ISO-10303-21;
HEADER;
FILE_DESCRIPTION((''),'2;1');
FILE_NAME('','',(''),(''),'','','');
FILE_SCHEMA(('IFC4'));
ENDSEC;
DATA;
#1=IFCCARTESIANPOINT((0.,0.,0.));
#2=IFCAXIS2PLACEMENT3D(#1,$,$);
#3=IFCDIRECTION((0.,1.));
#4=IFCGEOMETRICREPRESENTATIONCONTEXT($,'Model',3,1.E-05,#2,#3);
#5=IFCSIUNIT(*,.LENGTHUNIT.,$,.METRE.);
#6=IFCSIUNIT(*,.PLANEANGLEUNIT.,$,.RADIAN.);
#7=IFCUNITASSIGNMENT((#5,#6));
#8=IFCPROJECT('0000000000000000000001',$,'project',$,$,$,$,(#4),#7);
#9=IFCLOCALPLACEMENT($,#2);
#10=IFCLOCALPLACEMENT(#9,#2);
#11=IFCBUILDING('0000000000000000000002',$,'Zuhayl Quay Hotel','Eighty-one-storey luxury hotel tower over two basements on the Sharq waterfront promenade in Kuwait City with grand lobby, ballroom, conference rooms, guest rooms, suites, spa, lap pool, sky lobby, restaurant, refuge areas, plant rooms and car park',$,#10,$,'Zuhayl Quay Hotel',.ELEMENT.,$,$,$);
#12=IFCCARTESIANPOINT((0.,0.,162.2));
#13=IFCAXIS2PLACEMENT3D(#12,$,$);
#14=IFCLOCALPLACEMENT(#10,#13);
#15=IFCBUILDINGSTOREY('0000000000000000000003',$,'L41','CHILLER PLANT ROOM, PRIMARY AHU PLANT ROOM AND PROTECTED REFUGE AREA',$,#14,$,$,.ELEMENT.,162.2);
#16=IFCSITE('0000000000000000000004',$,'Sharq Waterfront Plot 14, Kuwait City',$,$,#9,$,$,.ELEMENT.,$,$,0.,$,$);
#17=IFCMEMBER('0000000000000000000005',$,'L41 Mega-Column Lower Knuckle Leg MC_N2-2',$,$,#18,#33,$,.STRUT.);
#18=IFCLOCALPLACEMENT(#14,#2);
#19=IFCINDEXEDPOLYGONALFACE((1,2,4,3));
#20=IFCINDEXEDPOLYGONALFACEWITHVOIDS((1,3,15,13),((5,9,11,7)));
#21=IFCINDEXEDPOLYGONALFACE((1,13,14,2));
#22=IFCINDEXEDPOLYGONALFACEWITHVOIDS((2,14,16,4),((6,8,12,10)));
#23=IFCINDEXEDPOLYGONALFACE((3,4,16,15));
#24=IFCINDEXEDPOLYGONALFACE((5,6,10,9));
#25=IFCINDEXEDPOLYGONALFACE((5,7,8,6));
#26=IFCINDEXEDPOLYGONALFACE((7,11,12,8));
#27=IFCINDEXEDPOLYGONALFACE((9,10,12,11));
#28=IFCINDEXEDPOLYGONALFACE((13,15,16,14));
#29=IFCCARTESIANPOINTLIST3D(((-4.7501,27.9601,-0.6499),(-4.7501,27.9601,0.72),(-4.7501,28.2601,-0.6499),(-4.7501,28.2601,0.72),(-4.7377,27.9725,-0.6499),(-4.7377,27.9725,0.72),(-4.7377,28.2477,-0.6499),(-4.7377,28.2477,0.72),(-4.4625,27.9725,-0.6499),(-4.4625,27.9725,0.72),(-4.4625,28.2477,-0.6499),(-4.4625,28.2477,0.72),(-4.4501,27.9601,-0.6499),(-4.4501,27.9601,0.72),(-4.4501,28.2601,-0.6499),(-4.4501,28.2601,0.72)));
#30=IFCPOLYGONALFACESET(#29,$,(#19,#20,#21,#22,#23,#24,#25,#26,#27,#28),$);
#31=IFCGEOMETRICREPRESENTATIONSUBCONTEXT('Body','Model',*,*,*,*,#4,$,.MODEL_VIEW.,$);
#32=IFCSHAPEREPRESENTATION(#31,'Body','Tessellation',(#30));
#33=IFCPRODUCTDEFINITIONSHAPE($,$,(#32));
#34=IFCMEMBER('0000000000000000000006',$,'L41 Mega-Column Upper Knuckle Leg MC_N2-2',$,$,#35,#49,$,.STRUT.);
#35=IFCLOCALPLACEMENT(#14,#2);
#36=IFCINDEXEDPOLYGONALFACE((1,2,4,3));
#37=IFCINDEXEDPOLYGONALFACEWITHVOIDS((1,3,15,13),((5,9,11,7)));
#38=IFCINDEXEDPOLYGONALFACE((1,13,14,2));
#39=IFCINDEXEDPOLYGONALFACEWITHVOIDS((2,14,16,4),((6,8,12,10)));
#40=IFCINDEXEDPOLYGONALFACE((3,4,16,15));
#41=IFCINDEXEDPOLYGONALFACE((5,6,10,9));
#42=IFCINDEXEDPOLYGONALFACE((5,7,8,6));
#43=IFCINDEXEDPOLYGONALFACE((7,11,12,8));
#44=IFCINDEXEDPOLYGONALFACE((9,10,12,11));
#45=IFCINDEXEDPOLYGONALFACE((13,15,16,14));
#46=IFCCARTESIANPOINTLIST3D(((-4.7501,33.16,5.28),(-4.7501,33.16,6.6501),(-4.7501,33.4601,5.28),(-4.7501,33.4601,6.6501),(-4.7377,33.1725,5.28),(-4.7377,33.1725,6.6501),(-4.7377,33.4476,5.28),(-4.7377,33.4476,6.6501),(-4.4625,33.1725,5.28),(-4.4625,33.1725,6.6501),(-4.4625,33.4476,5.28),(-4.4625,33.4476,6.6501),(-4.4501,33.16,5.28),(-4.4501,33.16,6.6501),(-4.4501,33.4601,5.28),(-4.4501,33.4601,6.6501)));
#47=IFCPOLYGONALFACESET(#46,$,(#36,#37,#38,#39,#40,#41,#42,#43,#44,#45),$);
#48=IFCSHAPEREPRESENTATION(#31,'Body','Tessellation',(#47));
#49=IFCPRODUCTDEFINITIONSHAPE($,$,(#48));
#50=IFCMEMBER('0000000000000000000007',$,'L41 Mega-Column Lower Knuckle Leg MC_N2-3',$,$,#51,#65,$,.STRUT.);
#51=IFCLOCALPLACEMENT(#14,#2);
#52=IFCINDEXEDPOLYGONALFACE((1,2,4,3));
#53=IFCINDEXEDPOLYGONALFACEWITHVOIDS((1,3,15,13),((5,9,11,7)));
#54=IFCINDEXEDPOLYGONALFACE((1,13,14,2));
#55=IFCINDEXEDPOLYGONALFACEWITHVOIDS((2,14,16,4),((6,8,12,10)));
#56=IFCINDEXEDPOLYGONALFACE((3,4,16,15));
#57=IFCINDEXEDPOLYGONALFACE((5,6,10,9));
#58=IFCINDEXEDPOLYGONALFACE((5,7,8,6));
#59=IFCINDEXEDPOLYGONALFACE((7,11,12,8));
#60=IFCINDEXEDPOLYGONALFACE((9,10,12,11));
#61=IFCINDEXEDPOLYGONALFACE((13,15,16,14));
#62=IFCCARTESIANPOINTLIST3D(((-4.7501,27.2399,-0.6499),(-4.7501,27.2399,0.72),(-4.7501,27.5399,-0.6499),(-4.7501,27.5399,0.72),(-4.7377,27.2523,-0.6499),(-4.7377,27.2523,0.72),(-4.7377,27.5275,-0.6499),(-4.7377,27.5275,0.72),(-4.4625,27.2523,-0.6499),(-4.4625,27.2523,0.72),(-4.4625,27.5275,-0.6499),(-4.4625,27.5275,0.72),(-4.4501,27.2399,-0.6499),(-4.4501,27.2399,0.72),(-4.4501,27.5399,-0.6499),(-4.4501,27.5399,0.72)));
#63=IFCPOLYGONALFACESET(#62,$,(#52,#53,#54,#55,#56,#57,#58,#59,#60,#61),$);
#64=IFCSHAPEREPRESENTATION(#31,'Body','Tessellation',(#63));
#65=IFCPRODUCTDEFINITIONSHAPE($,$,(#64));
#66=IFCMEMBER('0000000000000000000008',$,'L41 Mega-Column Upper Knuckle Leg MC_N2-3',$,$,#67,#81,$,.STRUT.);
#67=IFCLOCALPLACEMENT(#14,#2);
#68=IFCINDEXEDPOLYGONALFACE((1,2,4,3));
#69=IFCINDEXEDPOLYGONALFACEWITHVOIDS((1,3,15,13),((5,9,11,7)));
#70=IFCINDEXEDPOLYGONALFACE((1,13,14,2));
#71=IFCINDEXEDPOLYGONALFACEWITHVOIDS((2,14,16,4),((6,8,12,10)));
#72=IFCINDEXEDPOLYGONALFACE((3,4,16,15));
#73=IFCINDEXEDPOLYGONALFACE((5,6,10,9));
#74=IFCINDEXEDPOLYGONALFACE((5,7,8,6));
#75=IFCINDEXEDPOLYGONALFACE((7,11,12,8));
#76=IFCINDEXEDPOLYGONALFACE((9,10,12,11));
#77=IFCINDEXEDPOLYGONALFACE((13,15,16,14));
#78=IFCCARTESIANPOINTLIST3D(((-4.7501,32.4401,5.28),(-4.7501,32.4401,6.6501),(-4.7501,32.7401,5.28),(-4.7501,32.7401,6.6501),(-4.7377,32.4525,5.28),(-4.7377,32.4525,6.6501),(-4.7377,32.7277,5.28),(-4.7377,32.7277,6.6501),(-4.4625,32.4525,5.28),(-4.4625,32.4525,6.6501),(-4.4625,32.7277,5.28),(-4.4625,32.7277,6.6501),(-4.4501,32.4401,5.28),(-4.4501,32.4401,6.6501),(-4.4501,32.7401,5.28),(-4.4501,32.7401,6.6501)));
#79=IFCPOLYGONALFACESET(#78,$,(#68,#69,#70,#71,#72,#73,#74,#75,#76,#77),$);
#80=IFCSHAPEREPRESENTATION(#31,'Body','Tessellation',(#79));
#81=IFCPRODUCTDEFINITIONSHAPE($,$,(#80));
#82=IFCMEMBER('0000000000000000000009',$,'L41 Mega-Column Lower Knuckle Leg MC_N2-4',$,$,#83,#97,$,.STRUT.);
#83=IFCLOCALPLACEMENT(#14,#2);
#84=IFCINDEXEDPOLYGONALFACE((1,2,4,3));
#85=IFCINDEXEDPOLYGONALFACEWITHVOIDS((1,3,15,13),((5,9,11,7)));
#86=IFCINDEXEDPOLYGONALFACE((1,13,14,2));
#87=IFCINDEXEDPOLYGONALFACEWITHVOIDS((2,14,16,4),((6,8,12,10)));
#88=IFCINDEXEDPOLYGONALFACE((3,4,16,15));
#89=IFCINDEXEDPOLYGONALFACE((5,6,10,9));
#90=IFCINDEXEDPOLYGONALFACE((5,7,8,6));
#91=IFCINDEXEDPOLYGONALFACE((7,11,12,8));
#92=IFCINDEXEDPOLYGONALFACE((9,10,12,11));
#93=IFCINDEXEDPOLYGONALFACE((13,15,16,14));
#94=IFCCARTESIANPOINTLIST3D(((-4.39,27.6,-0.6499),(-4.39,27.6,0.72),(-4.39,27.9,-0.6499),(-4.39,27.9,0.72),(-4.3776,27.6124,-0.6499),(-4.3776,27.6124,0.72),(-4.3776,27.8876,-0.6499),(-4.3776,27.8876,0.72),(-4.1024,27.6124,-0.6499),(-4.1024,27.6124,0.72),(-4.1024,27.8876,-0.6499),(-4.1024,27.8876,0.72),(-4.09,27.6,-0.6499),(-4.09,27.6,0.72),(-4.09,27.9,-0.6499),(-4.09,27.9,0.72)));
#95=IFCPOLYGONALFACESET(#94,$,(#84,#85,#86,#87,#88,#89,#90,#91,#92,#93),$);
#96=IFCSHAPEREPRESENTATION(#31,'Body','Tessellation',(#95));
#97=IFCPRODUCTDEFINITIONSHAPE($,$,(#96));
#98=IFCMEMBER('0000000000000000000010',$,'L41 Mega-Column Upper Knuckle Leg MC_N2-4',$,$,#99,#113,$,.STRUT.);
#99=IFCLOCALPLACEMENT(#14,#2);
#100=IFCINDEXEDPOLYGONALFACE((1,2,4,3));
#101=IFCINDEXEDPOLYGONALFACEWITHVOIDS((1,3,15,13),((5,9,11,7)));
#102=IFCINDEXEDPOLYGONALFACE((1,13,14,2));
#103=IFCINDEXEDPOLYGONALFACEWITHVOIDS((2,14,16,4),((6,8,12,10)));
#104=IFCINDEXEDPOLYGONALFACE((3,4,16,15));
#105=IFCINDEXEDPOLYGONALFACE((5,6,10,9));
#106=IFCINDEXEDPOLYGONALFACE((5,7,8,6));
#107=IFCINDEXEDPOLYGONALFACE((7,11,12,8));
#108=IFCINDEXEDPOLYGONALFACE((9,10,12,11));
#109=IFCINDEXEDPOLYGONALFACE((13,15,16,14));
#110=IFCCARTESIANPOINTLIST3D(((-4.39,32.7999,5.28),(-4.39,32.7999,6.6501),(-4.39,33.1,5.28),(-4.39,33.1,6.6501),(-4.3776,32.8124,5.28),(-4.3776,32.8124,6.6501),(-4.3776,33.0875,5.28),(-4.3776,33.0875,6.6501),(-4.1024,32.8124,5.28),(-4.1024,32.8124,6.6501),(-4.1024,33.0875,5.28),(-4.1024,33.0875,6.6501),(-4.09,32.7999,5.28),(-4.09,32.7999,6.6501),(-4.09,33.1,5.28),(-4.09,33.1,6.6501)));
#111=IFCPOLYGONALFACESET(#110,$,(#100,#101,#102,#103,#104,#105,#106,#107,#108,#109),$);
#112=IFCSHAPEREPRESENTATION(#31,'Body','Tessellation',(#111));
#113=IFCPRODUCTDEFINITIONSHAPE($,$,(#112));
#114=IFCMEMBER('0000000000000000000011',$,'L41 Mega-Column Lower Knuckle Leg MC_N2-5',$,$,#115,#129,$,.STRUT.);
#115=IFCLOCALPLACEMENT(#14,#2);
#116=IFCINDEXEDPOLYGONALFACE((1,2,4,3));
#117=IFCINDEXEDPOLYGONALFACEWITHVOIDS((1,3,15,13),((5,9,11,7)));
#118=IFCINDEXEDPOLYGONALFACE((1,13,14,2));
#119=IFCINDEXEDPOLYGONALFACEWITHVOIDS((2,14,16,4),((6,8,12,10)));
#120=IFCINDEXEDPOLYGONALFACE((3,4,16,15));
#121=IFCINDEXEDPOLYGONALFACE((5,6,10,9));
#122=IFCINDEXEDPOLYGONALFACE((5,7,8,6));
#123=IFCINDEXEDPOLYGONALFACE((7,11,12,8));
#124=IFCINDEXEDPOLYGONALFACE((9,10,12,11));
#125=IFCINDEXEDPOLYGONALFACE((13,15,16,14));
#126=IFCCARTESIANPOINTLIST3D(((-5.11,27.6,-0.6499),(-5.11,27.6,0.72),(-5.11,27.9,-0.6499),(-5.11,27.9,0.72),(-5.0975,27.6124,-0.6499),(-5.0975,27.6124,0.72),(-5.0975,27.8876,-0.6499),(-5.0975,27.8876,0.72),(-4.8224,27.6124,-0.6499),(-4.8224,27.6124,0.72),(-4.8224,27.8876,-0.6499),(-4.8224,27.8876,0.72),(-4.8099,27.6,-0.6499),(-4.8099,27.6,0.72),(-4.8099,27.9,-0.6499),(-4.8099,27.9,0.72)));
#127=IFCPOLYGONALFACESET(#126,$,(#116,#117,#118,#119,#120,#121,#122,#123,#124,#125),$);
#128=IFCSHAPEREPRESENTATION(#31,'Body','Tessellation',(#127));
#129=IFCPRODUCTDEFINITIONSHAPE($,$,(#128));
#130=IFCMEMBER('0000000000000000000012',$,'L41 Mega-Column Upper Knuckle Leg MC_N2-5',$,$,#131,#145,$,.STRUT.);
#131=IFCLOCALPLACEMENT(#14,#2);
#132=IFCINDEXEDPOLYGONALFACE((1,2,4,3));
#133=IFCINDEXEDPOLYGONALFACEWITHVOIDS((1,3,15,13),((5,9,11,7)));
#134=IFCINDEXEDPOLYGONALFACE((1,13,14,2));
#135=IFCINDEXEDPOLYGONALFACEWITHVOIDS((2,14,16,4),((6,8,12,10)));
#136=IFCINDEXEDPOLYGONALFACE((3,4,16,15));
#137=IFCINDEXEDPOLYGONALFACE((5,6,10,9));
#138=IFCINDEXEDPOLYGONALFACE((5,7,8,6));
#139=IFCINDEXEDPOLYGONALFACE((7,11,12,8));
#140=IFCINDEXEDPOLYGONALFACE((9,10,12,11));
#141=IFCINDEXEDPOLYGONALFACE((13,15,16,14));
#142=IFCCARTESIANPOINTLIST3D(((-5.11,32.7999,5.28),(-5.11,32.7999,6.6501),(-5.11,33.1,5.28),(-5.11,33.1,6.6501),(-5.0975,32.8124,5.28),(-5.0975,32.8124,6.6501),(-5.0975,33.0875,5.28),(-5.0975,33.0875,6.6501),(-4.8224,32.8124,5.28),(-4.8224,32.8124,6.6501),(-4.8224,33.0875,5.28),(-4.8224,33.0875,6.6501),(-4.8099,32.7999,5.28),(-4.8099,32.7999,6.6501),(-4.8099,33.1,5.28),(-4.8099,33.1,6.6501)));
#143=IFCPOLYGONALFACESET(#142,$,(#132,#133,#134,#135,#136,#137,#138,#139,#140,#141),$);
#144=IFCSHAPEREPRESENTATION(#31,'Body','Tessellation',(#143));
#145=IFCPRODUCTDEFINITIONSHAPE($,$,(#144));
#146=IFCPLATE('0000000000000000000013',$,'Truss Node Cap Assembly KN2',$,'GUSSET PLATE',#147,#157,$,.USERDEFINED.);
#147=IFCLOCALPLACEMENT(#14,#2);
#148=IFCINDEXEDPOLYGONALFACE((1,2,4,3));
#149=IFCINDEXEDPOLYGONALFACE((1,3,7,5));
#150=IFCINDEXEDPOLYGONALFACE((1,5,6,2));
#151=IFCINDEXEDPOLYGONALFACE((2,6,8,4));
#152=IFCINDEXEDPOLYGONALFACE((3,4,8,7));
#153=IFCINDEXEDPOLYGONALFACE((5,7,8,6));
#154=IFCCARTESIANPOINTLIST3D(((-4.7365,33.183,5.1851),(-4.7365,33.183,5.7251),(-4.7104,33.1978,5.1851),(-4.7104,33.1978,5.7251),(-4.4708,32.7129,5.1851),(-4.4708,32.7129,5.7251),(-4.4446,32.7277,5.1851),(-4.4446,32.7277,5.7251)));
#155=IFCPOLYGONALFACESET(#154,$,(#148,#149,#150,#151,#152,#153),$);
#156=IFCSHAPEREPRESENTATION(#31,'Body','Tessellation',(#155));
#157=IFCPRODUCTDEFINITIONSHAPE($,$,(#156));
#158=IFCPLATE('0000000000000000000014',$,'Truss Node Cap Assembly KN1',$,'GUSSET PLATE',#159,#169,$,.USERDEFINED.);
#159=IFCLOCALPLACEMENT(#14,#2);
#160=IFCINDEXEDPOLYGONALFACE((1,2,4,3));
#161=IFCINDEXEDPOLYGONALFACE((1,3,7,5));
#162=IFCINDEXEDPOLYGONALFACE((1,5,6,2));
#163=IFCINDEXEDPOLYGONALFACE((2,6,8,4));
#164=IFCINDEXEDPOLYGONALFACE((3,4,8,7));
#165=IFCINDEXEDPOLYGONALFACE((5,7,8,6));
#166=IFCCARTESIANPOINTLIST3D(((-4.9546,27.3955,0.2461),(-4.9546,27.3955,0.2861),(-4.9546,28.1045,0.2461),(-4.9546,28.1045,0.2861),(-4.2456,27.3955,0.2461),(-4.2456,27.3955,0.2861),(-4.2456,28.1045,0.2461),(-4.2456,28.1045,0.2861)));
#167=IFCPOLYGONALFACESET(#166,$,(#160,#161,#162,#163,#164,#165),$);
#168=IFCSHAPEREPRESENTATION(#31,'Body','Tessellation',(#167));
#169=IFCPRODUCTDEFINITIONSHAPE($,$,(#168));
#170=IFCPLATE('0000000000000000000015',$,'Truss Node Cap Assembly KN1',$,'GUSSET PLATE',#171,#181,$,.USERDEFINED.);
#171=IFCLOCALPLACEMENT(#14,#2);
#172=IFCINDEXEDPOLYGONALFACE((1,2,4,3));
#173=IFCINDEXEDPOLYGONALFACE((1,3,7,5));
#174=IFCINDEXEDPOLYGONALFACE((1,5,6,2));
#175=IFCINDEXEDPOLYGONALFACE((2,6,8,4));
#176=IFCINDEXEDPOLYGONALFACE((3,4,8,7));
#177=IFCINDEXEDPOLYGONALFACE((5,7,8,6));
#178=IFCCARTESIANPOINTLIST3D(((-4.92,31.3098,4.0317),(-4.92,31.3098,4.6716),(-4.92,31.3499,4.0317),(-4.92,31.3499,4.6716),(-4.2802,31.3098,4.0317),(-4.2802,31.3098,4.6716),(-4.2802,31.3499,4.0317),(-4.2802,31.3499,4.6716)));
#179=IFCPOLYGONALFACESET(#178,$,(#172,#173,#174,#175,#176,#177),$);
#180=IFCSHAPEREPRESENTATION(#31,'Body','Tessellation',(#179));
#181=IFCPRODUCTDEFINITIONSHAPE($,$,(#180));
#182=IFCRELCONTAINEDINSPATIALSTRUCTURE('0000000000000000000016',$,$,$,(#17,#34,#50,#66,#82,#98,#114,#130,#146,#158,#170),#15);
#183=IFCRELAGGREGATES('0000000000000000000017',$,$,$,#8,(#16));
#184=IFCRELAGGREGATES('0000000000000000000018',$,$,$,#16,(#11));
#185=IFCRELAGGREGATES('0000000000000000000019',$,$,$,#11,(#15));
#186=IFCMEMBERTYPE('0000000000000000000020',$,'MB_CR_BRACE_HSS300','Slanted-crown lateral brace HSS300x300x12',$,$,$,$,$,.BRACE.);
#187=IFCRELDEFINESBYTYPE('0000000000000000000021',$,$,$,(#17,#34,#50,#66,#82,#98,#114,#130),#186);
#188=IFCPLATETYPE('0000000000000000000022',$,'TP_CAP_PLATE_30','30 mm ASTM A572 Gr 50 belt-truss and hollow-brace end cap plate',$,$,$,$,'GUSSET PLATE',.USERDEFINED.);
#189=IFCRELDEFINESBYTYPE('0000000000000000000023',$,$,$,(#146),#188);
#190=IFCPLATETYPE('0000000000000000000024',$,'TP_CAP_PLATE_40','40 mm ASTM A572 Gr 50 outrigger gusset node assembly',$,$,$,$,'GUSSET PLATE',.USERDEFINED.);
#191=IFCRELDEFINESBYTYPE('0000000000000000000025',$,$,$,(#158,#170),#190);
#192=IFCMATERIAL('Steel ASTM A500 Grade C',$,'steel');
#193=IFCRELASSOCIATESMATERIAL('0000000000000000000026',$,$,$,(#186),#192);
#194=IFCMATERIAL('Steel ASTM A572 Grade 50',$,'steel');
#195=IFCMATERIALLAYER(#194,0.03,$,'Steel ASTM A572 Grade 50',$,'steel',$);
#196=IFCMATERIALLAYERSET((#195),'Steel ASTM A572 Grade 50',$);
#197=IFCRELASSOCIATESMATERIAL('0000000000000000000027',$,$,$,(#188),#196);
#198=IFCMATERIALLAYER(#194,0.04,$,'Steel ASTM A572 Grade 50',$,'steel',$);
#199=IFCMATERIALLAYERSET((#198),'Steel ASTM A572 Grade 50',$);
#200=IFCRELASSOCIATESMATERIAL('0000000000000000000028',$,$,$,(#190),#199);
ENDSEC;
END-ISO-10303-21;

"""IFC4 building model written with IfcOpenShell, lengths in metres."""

from ifc_helpers import new_model, si_unit, direction, frame, origin, origin_2d, place, context, subcontext, project, spatial, rectangle, hollow_rectangle, extrude, material, layer, layer_set, material_profile, profile_set, type_object, element, save


model = new_model("IFC4")

# Units and contexts
model_context = context("Model", 3, precision=1e-05, world=origin(), true_north=direction((0.0, 1.0)))
body_context = subcontext(model_context, "Body", "Model", "MODEL_VIEW")
ifc_project = project(units=[si_unit("LENGTHUNIT", "METRE"), si_unit("PLANEANGLEUNIT", "RADIAN")], contexts=[model_context])

# Site, building, storey
site_placement = place(None, origin())
site = spatial("IfcSite", under=ifc_project, at=site_placement, Name="Sharq Waterfront Plot 14, Kuwait City", CompositionType="ELEMENT", RefElevation=0.0)
building_placement = place(site_placement, origin())
building = spatial("IfcBuilding", under=site, at=building_placement, Name="Zuhayl Quay Hotel", Description="Eighty-one-storey luxury hotel tower over two basements on the Sharq waterfront promenade in Kuwait City with grand lobby, ballroom, conference rooms, guest rooms, suites, spa, lap pool, sky lobby, restaurant, refuge areas, plant rooms and car park", LongName="Zuhayl Quay Hotel", CompositionType="ELEMENT")
storey_placement = place(building_placement, frame((0.0, 0.0, 162.2)))
storey = spatial("IfcBuildingStorey", under=building, at=storey_placement, Name="L41", Description="CHILLER PLANT ROOM, PRIMARY AHU PLANT ROOM AND PROTECTED REFUGE AREA", CompositionType="ELEMENT", Elevation=162.2)

# Members
ifc_material_1 = material(Name="Steel ASTM A500 Grade C", Category="steel")
ifc_material_profile_1 = material_profile(ifc_material_1, hollow_rectangle(XDim=0.3, YDim=0.3, WallThickness=0.0125, at=origin_2d()), Name="HSS300X300X12")
ifc_profile_set_1 = profile_set([ifc_material_profile_1], Name="Steel ASTM A500 Grade C")
member_type_1 = type_object("IfcMemberType", Name="MB_CR_BRACE_HSS300", Description="Slanted-crown lateral brace HSS300x300x12", PredefinedType="BRACE", material=ifc_profile_set_1)
member_1_placement = place(storey_placement, frame((-4.6001, 28.1101, -0.6499), z_axis=(0.0, 0.0, 1.0), x_axis=(1.0, 0.0, 0.0)))
element("IfcMember", 1, at=member_1_placement, inside=storey, type_object=member_type_1, Name="L41 Mega-Column Lower Knuckle Leg MC_N2-2", PredefinedType="STRUT", context=body_context, shape_type="SweptSolid", body=[
    extrude(hollow_rectangle(XDim=0.3, YDim=0.3, WallThickness=0.0125, at=origin_2d()), origin(), (0.0, 0.0, 1.0), 1.3699),
])
member_2_placement = place(storey_placement, frame((-4.6001, 33.3101, 5.28), z_axis=(0.0, 0.0, 1.0), x_axis=(1.0, 0.0, 0.0)))
element("IfcMember", 2, at=member_2_placement, inside=storey, type_object=member_type_1, Name="L41 Mega-Column Upper Knuckle Leg MC_N2-2", PredefinedType="STRUT", context=body_context, shape_type="SweptSolid", body=[
    extrude(hollow_rectangle(XDim=0.3, YDim=0.3, WallThickness=0.0125, at=origin_2d()), origin(), (0.0, 0.0, 1.0), 1.3701),
])
member_3_placement = place(storey_placement, frame((-4.6001, 27.3899, -0.6499), z_axis=(0.0, 0.0, 1.0), x_axis=(1.0, 0.0, 0.0)))
element("IfcMember", 3, at=member_3_placement, inside=storey, type_object=member_type_1, Name="L41 Mega-Column Lower Knuckle Leg MC_N2-3", PredefinedType="STRUT", context=body_context, shape_type="SweptSolid", body=[
    extrude(hollow_rectangle(XDim=0.3, YDim=0.3, WallThickness=0.0125, at=origin_2d()), origin(), (0.0, 0.0, 1.0), 1.3699),
])
member_4_placement = place(storey_placement, frame((-4.6001, 32.5901, 5.28), z_axis=(0.0, 0.0, 1.0), x_axis=(1.0, 0.0, 0.0)))
element("IfcMember", 4, at=member_4_placement, inside=storey, type_object=member_type_1, Name="L41 Mega-Column Upper Knuckle Leg MC_N2-3", PredefinedType="STRUT", context=body_context, shape_type="SweptSolid", body=[
    extrude(hollow_rectangle(XDim=0.3, YDim=0.3, WallThickness=0.0125, at=origin_2d()), origin(), (0.0, 0.0, 1.0), 1.3701),
])
member_5_placement = place(storey_placement, frame((-4.24, 27.75, -0.6499), z_axis=(0.0, 0.0, 1.0), x_axis=(1.0, 0.0, 0.0)))
element("IfcMember", 5, at=member_5_placement, inside=storey, type_object=member_type_1, Name="L41 Mega-Column Lower Knuckle Leg MC_N2-4", PredefinedType="STRUT", context=body_context, shape_type="SweptSolid", body=[
    extrude(hollow_rectangle(XDim=0.3, YDim=0.3, WallThickness=0.0125, at=origin_2d()), origin(), (0.0, 0.0, 1.0), 1.3699),
])
member_6_placement = place(storey_placement, frame((-4.24, 32.95, 5.28), z_axis=(0.0, 0.0, 1.0), x_axis=(1.0, 0.0, 0.0)))
element("IfcMember", 6, at=member_6_placement, inside=storey, type_object=member_type_1, Name="L41 Mega-Column Upper Knuckle Leg MC_N2-4", PredefinedType="STRUT", context=body_context, shape_type="SweptSolid", body=[
    extrude(hollow_rectangle(XDim=0.3, YDim=0.3, WallThickness=0.0125, at=origin_2d()), origin(), (0.0, 0.0, 1.0), 1.3701),
])
member_7_placement = place(storey_placement, frame((-4.96, 27.75, -0.6499), z_axis=(0.0, 0.0, 1.0), x_axis=(1.0, 0.0, 0.0)))
element("IfcMember", 7, at=member_7_placement, inside=storey, type_object=member_type_1, Name="L41 Mega-Column Lower Knuckle Leg MC_N2-5", PredefinedType="STRUT", context=body_context, shape_type="SweptSolid", body=[
    extrude(hollow_rectangle(XDim=0.3, YDim=0.3, WallThickness=0.0125, at=origin_2d()), origin(), (0.0, 0.0, 1.0), 1.3699),
])
member_8_placement = place(storey_placement, frame((-4.96, 32.95, 5.28), z_axis=(0.0, 0.0, 1.0), x_axis=(1.0, 0.0, 0.0)))
element("IfcMember", 8, at=member_8_placement, inside=storey, type_object=member_type_1, Name="L41 Mega-Column Upper Knuckle Leg MC_N2-5", PredefinedType="STRUT", context=body_context, shape_type="SweptSolid", body=[
    extrude(hollow_rectangle(XDim=0.3, YDim=0.3, WallThickness=0.0125, at=origin_2d()), origin(), (0.0, 0.0, 1.0), 1.3701),
])

# Plates
ifc_material_2 = material(Name="Steel ASTM A572 Grade 50", Category="steel")
ifc_layer_1 = layer(ifc_material_2, 0.03, Name="Steel ASTM A572 Grade 50", Category="steel")
ifc_layer_set_1 = layer_set([ifc_layer_1], Name="Steel ASTM A572 Grade 50")
plate_type_1 = type_object("IfcPlateType", Name="TP_CAP_PLATE_30", Description="30 mm ASTM A572 Gr 50 belt-truss and hollow-brace end cap plate", ElementType="GUSSET PLATE", PredefinedType="USERDEFINED", material=ifc_layer_set_1)
plate_1_placement = place(storey_placement, frame((-4.5906, 32.9553, 5.1851), z_axis=(0.0, 0.0, 1.0), x_axis=(0.870528, 0.49212, 0.0)))
element("IfcPlate", 9, at=plate_1_placement, inside=storey, type_object=plate_type_1, Name="Truss Node Cap Assembly KN2", ObjectType="GUSSET PLATE", PredefinedType="USERDEFINED", context=body_context, shape_type="SweptSolid", body=[
    extrude(rectangle(XDim=0.03, YDim=0.54, at=origin_2d()), origin(), (0.0, 0.0, 1.0), 0.54),
])
ifc_layer_2 = layer(ifc_material_2, 0.04, Name="Steel ASTM A572 Grade 50", Category="steel")
ifc_layer_set_2 = layer_set([ifc_layer_2], Name="Steel ASTM A572 Grade 50")
plate_type_2 = type_object("IfcPlateType", Name="TP_CAP_PLATE_40", Description="40 mm ASTM A572 Gr 50 outrigger gusset node assembly", ElementType="GUSSET PLATE", PredefinedType="USERDEFINED", material=ifc_layer_set_2)
plate_2_placement = place(storey_placement, frame((-4.6001, 27.75, 0.2461), z_axis=(0.0, 0.0, 1.0), x_axis=(1.0, 0.0, 0.0)))
element("IfcPlate", 10, at=plate_2_placement, inside=storey, type_object=plate_type_2, Name="Truss Node Cap Assembly KN1", ObjectType="GUSSET PLATE", PredefinedType="USERDEFINED", context=body_context, shape_type="SweptSolid", body=[
    extrude(rectangle(XDim=0.709, YDim=0.709, at=origin_2d()), origin(), (0.0, 0.0, 1.0), 0.04),
])
plate_3_placement = place(storey_placement, frame((-4.6001, 31.3298, 4.0317), z_axis=(0.0, 0.0, 1.0), x_axis=(0.0, 1.0, 0.0)))
element("IfcPlate", 11, at=plate_3_placement, inside=storey, type_object=plate_type_2, Name="Truss Node Cap Assembly KN1", ObjectType="GUSSET PLATE", PredefinedType="USERDEFINED", context=body_context, shape_type="SweptSolid", body=[
    extrude(rectangle(XDim=0.04, YDim=0.6399, at=origin_2d()), origin(), (0.0, 0.0, 1.0), 0.6399),
])

save(model, "model.ifc")
